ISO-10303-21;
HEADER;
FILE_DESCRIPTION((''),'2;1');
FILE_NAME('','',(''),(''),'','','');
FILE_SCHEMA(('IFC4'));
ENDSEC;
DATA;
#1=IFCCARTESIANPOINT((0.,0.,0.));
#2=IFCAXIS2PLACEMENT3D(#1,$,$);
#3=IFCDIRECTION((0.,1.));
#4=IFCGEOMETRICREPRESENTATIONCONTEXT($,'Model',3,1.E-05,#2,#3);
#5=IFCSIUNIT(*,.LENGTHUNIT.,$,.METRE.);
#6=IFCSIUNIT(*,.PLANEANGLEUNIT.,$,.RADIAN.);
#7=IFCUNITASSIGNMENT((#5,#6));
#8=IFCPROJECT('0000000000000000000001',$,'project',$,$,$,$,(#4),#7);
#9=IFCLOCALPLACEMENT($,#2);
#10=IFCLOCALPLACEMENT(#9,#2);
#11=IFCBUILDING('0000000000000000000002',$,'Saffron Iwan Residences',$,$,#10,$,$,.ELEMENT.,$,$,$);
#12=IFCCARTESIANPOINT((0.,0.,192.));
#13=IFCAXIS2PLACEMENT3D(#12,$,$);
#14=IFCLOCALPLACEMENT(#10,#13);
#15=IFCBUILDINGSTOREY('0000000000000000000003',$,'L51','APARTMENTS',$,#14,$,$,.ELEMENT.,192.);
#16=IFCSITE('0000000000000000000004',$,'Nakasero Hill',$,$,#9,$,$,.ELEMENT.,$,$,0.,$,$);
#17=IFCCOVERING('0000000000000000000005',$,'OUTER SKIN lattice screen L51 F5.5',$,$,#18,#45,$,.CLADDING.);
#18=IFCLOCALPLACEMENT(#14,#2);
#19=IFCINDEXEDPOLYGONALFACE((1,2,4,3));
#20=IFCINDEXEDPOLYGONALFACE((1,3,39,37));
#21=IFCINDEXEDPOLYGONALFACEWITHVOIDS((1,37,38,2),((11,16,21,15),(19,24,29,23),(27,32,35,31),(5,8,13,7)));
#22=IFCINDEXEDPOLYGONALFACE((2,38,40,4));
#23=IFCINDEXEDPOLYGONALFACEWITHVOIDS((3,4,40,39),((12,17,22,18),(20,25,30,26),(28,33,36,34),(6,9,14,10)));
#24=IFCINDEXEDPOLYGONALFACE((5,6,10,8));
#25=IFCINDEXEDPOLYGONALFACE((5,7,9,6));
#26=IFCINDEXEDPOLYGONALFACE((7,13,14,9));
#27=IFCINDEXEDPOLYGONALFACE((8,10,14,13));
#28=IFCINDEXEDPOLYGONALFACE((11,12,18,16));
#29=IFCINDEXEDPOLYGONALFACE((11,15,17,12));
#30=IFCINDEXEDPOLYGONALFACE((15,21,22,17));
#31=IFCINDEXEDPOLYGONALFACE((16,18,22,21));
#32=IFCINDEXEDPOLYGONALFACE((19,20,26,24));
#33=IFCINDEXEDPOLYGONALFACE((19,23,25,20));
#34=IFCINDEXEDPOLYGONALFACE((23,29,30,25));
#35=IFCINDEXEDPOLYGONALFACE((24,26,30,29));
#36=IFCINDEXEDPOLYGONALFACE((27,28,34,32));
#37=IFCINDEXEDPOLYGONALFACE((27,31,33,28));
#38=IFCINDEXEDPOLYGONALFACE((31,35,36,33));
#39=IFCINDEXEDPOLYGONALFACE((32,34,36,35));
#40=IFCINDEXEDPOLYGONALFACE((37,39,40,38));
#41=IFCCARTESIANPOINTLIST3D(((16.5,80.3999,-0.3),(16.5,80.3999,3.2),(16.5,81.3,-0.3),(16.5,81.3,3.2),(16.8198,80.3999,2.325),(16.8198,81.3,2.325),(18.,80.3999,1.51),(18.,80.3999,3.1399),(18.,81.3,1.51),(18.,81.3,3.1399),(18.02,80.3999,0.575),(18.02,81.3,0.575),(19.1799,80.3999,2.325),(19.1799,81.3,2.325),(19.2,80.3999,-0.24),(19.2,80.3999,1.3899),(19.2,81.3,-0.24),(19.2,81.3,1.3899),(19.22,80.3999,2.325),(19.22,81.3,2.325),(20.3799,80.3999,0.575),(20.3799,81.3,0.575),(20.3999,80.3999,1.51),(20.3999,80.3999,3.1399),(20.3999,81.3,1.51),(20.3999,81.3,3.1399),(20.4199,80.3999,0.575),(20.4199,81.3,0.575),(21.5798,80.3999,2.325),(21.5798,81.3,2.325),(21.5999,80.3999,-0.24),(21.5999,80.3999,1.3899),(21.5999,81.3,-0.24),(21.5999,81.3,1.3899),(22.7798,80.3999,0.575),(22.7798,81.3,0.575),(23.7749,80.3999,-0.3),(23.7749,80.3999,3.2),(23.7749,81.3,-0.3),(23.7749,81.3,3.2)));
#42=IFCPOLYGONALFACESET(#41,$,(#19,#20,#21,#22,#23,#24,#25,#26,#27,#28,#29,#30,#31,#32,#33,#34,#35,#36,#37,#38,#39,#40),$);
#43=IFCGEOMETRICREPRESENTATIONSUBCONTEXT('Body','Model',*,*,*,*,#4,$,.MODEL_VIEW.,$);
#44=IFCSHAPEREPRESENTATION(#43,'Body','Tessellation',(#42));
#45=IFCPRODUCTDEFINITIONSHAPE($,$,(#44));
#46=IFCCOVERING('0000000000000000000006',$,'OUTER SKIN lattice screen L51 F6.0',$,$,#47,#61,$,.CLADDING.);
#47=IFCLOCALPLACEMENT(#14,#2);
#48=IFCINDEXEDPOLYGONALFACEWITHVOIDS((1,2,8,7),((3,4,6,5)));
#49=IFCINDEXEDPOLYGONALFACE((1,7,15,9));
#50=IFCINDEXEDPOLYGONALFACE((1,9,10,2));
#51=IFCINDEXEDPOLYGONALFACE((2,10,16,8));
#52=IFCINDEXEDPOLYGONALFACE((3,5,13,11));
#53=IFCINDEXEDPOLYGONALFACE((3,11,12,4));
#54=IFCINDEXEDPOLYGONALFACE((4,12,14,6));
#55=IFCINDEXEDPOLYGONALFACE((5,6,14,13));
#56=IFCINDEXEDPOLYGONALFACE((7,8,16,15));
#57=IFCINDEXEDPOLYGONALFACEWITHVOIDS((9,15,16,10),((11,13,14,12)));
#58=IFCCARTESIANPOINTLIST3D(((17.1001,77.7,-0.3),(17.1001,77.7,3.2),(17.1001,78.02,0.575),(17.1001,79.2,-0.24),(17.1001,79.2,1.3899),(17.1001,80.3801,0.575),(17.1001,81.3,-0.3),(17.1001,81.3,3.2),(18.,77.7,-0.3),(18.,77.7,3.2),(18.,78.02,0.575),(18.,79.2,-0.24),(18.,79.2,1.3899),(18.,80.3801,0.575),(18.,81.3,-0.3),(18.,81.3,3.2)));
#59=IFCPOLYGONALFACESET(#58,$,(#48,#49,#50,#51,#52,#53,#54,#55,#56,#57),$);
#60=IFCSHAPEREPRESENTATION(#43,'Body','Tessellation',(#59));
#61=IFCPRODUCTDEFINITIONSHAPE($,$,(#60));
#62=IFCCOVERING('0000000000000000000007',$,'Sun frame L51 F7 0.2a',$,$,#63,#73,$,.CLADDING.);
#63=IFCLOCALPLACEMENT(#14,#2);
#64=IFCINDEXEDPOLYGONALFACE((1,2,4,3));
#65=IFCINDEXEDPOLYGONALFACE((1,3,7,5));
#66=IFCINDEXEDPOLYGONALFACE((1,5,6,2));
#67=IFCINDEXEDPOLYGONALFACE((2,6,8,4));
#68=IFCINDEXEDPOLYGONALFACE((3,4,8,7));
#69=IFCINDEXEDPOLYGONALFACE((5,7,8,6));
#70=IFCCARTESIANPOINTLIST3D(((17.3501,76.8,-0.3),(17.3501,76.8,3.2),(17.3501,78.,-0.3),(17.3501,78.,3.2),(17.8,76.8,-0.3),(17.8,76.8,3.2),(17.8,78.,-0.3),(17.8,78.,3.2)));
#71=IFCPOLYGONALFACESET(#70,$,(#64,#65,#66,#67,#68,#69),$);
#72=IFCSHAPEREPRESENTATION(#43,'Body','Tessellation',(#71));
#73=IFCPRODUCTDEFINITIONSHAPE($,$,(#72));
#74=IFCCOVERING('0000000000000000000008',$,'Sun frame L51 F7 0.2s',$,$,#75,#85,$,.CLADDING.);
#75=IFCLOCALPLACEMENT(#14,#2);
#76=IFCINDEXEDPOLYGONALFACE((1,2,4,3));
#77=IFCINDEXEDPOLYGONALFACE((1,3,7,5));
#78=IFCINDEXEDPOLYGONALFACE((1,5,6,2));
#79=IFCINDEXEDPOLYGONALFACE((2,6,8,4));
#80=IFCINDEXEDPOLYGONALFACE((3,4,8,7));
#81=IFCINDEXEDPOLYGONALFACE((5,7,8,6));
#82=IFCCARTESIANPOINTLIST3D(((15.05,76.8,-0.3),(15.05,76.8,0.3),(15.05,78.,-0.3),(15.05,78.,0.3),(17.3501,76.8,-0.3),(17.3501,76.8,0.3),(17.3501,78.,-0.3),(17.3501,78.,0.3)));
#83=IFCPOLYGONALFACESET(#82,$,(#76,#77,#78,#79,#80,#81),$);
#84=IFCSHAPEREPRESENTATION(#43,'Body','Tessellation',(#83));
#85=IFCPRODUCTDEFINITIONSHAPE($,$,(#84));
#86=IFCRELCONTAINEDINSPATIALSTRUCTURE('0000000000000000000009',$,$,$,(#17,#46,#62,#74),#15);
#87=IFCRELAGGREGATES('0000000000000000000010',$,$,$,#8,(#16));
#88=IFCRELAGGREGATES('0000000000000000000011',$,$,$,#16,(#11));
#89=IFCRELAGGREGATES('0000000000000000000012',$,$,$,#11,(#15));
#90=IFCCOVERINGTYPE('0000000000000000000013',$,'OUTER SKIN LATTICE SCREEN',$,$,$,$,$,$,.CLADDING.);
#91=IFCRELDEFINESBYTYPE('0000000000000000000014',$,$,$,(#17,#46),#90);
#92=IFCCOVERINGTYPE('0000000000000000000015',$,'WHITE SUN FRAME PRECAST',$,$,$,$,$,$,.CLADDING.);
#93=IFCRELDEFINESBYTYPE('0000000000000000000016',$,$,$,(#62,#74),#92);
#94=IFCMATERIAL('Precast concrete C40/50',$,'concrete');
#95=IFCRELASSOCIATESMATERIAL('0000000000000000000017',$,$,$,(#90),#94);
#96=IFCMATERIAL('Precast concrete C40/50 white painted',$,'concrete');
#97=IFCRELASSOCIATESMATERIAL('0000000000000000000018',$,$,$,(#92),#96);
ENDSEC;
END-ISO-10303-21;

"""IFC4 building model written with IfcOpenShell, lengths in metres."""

from ifc_helpers import new_model, si_unit, direction, frame, origin, place, context, subcontext, project, spatial, polyline, outline, extrude, material, type_object, element, save


model = new_model("IFC4")

# Units and contexts
model_context = context("Model", 3, precision=1e-05, world=origin(), true_north=direction((0.0, 1.0)))
body_context = subcontext(model_context, "Body", "Model", "MODEL_VIEW")
ifc_project = project(units=[si_unit("LENGTHUNIT", "METRE"), si_unit("PLANEANGLEUNIT", "RADIAN")], contexts=[model_context])

# Site, building, storey
site_placement = place(None, origin())
site = spatial("IfcSite", under=ifc_project, at=site_placement, Name="Nakasero Hill", CompositionType="ELEMENT", RefElevation=0.0)
building_placement = place(site_placement, origin())
building = spatial("IfcBuilding", under=site, at=building_placement, Name="Saffron Iwan Residences", CompositionType="ELEMENT")
storey_placement = place(building_placement, frame((0.0, 0.0, 192.0)))
storey = spatial("IfcBuildingStorey", under=building, at=storey_placement, Name="L51", Description="APARTMENTS", CompositionType="ELEMENT", Elevation=192.0)

# Coverings
ifc_material_1 = material(Name="Precast concrete C40/50", Category="concrete")
covering_type_1 = type_object("IfcCoveringType", Name="OUTER SKIN LATTICE SCREEN", PredefinedType="CLADDING", material=ifc_material_1)
covering_1_placement = place(storey_placement, frame((23.7749, 80.3999, -0.3), z_axis=(0.0, 1.0, 0.0), x_axis=(-1.0, 0.0, 0.0)))
element("IfcCovering", 1, at=covering_1_placement, inside=storey, type_object=covering_type_1, Name="OUTER SKIN lattice screen L51 F5.5", PredefinedType="CLADDING", context=body_context, shape_type="SweptSolid", body=[
    extrude(outline(polyline([(0.0, 0.0), (7.2749, 0.0), (7.2749, 3.5), (0.0, 3.5), (0.0, 0.0)]), holes=[polyline([(0.9951, 0.875), (2.175, 0.0601), (3.355, 0.875), (2.175, 1.6899), (0.9951, 0.875)]), polyline([(3.395, 0.875), (4.575, 0.0601), (5.7549, 0.875), (4.575, 1.6899), (3.395, 0.875)]), polyline([(2.1951, 2.625), (3.375, 1.8101), (4.5549, 2.625), (3.375, 3.4399), (2.1951, 2.625)]), polyline([(4.595, 2.625), (5.7749, 1.8101), (6.9551, 2.625), (5.7749, 3.4399), (4.595, 2.625)])]), origin(), (0.0, 0.0, 1.0), 0.9001),
])
covering_2_placement = place(storey_placement, frame((18.0, 81.3, -0.3), z_axis=(-1.0, 0.0, 0.0), x_axis=(0.0, -1.0, 0.0)))
element("IfcCovering", 2, at=covering_2_placement, inside=storey, type_object=covering_type_1, Name="OUTER SKIN lattice screen L51 F6.0", PredefinedType="CLADDING", context=body_context, shape_type="SweptSolid", body=[
    extrude(outline(polyline([(0.0, 0.0), (3.6001, 0.0), (3.6001, 3.5), (0.0, 3.5), (0.0, 0.0)]), holes=[polyline([(0.9199, 0.875), (2.1001, 0.0601), (3.28, 0.875), (2.1001, 1.6899), (0.9199, 0.875)])]), origin(), (0.0, 0.0, 1.0), 0.8999),
])
ifc_material_2 = material(Name="Precast concrete C40/50 white painted", Category="concrete")
covering_type_2 = type_object("IfcCoveringType", Name="WHITE SUN FRAME PRECAST", PredefinedType="CLADDING", material=ifc_material_2)
covering_3_placement = place(storey_placement, frame((17.8, 76.8, -0.3), z_axis=(0.0, 1.0, 0.0), x_axis=(-1.0, 0.0, 0.0)))
element("IfcCovering", 3, at=covering_3_placement, inside=storey, type_object=covering_type_2, Name="Sun frame L51 F7 0.2a", PredefinedType="CLADDING", context=body_context, shape_type="SweptSolid", body=[
    extrude(outline(polyline([(0.0, 0.0), (0.45, 0.0), (0.45, 3.5), (0.0, 3.5), (0.0, 0.0)])), origin(), (0.0, 0.0, 1.0), 1.2),
])
covering_4_placement = place(storey_placement, frame((17.3501, 76.8, -0.3), z_axis=(0.0, 1.0, 0.0), x_axis=(-1.0, 0.0, 0.0)))
element("IfcCovering", 4, at=covering_4_placement, inside=storey, type_object=covering_type_2, Name="Sun frame L51 F7 0.2s", PredefinedType="CLADDING", context=body_context, shape_type="SweptSolid", body=[
    extrude(outline(polyline([(0.0, 0.0), (2.3, 0.0), (2.3, 0.6001), (0.0, 0.6001), (0.0, 0.0)])), origin(), (0.0, 0.0, 1.0), 1.2),
])

save(model, "model.ifc")
